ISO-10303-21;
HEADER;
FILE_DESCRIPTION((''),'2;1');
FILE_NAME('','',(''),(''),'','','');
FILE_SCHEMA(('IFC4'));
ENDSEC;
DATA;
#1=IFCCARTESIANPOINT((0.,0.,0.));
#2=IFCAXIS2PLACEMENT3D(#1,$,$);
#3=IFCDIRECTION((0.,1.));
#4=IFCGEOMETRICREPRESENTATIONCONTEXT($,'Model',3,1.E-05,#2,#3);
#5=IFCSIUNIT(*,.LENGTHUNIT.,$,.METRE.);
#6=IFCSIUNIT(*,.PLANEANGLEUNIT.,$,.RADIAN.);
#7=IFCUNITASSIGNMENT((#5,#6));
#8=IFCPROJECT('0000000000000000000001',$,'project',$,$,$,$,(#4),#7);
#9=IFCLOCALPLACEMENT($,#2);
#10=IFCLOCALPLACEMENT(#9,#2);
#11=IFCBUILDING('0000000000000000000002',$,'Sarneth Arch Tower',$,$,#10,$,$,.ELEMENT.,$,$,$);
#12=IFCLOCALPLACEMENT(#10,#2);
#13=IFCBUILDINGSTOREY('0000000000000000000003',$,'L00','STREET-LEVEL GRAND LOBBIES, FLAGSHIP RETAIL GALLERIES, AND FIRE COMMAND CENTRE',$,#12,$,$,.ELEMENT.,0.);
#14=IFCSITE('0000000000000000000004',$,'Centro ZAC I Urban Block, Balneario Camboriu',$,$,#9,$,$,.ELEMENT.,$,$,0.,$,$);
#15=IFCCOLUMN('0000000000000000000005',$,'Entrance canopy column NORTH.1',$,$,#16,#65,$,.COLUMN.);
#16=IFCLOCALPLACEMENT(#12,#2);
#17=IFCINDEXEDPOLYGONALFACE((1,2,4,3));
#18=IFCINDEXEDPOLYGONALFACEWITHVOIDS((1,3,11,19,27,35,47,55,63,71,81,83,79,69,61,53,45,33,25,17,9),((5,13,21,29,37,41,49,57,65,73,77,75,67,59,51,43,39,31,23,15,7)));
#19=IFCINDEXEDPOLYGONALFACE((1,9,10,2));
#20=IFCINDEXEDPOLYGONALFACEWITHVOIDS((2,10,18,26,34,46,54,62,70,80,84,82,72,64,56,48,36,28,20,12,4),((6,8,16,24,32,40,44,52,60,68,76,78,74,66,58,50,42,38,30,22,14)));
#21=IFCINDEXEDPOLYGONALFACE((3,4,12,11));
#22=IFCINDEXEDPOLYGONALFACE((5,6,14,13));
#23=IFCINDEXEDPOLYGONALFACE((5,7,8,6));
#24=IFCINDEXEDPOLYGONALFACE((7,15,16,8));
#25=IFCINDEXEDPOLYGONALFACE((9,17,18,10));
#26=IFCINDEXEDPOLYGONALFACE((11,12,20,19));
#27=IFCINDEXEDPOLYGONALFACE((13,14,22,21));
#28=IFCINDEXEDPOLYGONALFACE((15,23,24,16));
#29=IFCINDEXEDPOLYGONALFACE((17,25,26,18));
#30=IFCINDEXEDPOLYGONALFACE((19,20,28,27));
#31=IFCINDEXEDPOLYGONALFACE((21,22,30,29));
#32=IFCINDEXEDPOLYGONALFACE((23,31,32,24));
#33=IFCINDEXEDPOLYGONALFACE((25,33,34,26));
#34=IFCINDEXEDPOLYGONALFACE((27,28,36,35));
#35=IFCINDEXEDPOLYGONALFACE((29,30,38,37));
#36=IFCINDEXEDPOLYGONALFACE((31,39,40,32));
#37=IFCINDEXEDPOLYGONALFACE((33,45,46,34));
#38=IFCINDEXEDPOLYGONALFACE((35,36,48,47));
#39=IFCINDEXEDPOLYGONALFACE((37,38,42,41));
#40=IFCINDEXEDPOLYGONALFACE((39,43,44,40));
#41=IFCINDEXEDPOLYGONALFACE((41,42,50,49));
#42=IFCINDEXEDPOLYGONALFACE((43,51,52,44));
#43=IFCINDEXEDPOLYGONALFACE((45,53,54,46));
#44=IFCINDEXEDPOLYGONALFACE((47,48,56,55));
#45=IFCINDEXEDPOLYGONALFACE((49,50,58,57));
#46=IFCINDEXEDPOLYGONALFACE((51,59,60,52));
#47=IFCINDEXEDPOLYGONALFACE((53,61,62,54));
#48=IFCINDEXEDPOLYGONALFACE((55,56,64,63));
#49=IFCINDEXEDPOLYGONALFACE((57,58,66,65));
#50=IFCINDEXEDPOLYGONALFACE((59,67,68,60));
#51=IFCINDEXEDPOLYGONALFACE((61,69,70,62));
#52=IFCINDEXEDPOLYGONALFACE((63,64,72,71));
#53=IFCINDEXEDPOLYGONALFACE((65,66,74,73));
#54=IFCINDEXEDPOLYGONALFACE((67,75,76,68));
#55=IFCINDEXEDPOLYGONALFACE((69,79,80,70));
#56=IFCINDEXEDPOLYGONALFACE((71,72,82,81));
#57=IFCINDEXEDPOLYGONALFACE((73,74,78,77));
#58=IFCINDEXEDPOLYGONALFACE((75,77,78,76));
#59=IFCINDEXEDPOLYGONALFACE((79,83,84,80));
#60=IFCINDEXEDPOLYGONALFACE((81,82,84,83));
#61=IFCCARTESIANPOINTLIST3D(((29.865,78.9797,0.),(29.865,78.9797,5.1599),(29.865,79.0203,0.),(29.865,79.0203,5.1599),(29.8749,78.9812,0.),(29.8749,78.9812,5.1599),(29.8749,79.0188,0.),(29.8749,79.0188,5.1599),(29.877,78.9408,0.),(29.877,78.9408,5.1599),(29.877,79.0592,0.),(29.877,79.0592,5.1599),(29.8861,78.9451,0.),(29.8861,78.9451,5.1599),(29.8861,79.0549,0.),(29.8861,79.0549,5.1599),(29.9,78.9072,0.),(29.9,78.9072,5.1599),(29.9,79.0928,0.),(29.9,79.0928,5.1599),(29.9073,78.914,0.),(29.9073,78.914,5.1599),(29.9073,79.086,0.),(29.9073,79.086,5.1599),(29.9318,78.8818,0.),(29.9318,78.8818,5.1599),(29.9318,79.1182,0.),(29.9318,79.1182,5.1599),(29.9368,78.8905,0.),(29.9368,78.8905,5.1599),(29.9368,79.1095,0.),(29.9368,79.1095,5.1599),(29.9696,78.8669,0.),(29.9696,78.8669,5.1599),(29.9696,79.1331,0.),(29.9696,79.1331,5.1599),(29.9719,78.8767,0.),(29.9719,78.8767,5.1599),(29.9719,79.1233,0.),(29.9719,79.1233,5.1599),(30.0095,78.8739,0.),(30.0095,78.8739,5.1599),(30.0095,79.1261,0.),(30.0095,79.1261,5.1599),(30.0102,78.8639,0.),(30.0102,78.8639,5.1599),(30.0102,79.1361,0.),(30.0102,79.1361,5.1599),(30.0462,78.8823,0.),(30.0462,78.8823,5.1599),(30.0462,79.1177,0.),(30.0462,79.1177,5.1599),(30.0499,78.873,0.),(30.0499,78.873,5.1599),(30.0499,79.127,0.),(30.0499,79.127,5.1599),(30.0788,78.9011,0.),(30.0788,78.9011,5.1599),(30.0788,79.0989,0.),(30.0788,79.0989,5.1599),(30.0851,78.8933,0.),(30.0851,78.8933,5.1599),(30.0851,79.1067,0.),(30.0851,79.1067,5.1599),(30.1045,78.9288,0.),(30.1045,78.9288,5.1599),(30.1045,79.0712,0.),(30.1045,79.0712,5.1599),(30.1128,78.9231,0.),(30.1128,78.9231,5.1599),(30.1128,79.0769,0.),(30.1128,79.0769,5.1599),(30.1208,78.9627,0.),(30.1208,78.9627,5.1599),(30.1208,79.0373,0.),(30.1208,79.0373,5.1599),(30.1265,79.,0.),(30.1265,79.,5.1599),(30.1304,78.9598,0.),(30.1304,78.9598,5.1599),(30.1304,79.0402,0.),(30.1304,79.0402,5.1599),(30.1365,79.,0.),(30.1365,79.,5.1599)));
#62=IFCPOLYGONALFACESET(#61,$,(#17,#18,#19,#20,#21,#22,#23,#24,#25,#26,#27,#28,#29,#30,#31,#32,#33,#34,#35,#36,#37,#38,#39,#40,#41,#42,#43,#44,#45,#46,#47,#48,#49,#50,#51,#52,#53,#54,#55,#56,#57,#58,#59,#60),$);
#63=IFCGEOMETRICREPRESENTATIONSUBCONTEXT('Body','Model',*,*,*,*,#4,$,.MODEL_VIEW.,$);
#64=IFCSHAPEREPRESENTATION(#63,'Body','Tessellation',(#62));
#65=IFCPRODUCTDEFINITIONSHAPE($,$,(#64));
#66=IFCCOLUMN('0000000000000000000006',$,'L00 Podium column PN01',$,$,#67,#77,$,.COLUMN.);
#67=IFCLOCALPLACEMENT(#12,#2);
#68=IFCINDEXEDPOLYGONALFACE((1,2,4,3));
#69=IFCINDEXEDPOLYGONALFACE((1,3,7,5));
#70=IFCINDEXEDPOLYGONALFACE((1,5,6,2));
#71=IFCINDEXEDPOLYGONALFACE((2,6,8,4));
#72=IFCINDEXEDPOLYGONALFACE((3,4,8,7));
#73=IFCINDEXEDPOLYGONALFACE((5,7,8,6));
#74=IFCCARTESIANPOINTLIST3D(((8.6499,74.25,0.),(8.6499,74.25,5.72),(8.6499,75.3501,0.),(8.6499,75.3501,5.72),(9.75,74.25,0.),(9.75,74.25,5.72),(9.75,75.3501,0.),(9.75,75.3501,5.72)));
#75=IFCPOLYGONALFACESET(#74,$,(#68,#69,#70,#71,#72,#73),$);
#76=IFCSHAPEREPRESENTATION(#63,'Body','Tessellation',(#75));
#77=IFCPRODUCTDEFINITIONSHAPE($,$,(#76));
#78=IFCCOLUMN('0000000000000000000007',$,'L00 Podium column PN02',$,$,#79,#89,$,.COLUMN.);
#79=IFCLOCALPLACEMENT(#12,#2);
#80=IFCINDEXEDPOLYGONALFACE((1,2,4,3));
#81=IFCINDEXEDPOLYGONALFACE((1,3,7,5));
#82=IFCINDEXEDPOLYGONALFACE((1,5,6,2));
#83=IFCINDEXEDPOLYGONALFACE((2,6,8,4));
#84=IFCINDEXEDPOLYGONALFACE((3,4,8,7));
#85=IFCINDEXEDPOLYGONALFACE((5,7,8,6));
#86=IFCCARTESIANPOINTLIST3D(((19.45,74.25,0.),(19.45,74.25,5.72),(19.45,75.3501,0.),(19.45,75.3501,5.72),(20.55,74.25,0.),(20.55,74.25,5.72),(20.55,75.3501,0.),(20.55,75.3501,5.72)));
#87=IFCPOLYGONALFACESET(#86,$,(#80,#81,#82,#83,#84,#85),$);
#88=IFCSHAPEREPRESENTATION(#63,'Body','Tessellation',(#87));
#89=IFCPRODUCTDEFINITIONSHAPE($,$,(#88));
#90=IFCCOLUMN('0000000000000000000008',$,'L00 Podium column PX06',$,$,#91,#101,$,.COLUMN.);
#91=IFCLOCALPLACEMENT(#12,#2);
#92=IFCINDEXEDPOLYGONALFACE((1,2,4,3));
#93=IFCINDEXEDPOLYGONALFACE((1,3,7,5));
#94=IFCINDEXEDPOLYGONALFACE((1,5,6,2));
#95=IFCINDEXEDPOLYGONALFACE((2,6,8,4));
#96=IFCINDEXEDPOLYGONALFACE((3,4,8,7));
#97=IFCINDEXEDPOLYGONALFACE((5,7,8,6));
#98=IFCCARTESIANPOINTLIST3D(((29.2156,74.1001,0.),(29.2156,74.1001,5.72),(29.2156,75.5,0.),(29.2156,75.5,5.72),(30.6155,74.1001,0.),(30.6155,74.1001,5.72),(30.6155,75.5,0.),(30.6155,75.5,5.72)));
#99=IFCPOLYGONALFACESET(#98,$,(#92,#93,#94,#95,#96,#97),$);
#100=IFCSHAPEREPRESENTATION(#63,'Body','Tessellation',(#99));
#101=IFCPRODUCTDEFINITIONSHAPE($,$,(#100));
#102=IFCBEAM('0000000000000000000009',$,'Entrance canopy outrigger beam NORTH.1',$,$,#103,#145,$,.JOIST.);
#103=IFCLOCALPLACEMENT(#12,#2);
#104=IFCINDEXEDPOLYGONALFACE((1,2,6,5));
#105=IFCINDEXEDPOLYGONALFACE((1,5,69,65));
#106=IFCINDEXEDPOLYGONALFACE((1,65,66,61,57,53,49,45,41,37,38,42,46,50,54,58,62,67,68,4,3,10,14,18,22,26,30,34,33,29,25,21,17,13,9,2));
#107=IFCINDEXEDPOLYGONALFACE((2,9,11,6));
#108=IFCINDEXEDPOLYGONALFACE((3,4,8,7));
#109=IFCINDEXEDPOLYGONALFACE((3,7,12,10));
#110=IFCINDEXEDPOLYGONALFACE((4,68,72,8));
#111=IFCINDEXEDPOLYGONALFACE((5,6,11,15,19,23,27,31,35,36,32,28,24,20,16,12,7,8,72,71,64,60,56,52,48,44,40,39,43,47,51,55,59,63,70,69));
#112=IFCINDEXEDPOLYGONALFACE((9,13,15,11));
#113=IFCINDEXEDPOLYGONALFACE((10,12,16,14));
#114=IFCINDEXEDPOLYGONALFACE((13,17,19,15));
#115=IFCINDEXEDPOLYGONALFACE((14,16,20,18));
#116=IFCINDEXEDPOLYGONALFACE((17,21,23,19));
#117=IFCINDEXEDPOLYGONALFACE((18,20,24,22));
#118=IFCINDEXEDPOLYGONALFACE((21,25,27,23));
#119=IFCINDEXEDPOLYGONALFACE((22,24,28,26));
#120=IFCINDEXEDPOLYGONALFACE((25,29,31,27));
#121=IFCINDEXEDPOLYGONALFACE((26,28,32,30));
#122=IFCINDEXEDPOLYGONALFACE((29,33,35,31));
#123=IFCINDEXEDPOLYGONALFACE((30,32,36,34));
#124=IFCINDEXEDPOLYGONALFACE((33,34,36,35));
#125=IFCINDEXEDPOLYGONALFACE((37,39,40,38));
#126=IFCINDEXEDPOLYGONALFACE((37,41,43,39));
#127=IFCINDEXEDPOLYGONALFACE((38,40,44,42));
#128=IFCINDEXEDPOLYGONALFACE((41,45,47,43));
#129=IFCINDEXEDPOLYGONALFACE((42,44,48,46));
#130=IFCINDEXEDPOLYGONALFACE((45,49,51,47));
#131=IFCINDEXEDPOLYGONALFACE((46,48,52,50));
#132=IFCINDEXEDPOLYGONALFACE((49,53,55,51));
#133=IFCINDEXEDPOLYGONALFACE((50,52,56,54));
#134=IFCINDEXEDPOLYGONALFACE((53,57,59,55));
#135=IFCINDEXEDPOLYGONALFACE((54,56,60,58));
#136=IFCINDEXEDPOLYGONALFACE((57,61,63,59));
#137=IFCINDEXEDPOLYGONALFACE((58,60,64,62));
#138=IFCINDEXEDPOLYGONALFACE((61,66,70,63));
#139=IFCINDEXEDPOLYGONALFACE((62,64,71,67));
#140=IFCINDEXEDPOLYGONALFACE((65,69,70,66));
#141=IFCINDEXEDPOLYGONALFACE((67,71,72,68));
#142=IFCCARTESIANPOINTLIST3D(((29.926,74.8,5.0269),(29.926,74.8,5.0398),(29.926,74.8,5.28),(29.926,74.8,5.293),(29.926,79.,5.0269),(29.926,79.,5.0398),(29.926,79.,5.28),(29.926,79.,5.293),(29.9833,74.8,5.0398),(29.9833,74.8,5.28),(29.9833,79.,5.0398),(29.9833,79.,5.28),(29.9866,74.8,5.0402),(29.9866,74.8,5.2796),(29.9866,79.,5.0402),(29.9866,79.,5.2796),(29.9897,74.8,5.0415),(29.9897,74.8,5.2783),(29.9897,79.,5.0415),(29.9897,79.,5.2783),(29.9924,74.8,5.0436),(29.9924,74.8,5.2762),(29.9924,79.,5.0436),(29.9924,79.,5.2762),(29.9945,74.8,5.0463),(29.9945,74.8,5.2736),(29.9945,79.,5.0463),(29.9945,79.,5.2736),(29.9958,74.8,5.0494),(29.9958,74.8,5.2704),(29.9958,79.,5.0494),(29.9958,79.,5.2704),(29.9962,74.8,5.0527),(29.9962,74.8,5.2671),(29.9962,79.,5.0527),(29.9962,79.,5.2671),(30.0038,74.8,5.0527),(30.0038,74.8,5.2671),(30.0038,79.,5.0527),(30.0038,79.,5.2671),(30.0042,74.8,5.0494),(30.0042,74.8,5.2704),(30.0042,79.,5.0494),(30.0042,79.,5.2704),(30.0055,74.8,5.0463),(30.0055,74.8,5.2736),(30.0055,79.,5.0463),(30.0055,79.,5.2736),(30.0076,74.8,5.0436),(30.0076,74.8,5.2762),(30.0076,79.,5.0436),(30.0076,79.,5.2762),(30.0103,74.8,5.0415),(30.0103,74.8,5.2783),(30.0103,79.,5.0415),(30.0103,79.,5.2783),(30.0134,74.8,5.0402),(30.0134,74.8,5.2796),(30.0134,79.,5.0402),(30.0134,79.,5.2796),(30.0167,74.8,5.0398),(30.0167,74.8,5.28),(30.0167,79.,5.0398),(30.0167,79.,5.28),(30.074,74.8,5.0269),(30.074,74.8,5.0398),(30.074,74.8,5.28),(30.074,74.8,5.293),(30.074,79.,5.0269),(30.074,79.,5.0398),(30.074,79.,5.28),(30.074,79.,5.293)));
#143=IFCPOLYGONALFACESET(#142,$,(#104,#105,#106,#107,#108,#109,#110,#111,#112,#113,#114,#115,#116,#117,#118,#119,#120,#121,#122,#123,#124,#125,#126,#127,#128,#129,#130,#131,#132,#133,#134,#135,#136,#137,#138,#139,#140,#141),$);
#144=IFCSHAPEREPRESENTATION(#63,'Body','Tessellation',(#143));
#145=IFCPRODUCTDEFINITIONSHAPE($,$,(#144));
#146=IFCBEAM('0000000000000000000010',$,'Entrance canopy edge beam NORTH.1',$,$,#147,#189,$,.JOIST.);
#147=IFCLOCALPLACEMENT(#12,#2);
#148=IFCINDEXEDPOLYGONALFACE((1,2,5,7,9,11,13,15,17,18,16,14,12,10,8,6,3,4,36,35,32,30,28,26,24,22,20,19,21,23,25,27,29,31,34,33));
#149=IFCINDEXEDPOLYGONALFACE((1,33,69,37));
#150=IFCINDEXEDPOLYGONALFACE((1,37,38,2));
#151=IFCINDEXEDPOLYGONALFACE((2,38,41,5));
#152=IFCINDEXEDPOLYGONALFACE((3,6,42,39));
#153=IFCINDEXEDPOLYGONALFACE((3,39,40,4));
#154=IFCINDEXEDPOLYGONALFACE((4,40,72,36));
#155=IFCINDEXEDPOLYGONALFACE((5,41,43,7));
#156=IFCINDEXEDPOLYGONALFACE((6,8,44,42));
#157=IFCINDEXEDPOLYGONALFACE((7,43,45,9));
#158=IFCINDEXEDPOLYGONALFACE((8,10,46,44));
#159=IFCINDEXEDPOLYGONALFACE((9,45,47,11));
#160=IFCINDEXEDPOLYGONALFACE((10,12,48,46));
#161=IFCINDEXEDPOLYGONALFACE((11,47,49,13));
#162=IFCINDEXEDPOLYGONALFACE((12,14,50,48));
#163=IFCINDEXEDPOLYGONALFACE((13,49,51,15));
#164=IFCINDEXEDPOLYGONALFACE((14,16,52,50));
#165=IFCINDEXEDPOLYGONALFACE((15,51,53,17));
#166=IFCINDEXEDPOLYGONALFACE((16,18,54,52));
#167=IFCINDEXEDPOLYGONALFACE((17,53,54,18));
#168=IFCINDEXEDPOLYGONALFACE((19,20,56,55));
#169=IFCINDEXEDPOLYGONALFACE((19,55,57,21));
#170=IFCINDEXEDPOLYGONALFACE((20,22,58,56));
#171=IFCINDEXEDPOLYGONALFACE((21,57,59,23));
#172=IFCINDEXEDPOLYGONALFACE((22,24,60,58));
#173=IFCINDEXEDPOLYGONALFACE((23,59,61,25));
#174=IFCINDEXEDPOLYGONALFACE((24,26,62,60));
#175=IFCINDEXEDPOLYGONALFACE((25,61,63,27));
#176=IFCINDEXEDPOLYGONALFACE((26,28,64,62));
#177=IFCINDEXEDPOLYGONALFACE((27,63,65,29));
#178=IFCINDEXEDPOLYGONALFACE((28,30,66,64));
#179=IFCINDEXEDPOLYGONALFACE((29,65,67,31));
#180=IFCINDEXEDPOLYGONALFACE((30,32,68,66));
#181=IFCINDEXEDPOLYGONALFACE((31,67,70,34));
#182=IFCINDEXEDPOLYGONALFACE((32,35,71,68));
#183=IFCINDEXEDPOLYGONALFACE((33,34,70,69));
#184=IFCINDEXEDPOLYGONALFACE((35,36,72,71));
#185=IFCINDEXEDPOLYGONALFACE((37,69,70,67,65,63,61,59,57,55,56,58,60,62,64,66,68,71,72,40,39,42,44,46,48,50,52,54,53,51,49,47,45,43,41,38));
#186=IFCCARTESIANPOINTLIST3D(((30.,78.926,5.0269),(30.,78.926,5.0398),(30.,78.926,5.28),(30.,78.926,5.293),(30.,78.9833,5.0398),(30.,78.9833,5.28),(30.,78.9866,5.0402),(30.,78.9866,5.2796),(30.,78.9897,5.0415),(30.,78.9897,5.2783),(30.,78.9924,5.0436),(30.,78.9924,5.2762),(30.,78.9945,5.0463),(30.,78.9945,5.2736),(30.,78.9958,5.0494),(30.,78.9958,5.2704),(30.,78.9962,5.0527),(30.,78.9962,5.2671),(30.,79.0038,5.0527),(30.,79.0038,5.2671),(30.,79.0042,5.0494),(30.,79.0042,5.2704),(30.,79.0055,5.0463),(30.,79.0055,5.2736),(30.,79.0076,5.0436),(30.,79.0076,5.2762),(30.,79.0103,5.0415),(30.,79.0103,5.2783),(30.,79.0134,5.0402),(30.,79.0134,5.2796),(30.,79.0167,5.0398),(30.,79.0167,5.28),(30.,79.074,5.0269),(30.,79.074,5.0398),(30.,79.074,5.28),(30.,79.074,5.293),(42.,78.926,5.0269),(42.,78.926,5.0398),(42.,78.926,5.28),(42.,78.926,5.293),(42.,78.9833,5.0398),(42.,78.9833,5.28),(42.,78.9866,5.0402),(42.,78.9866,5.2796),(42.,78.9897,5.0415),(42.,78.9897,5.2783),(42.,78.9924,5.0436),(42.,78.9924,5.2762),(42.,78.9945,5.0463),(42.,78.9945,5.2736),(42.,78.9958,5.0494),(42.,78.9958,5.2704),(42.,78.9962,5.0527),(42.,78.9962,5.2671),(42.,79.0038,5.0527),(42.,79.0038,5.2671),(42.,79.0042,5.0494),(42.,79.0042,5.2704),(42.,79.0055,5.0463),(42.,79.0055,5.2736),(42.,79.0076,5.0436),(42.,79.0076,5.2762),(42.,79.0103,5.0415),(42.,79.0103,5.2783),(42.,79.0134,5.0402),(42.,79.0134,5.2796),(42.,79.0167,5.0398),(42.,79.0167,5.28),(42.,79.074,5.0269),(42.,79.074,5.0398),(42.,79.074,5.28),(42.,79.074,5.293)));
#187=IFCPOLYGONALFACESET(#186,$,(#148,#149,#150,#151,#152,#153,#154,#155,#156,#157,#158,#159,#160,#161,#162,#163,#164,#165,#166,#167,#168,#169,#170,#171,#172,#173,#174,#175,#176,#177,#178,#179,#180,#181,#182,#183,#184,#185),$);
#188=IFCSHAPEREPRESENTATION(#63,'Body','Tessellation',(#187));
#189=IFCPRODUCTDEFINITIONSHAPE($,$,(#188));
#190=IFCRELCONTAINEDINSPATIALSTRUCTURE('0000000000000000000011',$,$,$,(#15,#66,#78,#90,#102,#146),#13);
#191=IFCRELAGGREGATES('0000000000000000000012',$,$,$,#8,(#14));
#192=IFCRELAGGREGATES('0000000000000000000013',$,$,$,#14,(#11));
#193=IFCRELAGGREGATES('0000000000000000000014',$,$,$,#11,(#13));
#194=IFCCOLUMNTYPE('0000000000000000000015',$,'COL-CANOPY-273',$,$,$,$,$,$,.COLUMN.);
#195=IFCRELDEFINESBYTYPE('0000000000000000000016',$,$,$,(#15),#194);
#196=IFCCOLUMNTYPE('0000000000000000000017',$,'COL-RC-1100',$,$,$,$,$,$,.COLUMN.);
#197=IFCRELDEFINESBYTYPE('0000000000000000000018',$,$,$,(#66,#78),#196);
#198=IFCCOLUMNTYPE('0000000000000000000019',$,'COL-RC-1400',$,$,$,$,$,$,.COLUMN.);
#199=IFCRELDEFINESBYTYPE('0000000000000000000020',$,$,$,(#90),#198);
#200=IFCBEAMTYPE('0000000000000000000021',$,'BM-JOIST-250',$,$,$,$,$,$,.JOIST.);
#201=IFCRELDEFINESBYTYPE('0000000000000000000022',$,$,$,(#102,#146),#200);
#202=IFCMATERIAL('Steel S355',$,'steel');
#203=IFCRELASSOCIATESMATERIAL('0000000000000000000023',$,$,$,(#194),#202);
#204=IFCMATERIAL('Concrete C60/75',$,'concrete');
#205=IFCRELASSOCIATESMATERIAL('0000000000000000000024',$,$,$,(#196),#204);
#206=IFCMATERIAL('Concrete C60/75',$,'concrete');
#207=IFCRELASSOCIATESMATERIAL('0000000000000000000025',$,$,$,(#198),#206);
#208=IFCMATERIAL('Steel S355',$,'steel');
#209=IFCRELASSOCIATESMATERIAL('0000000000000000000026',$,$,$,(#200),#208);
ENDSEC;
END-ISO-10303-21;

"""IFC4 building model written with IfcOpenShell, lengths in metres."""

from ifc_helpers import new_model, si_unit, direction, frame, origin, origin_2d, place, context, subcontext, project, spatial, rectangle, hollow_circle, i_section, extrude, material, material_profile, profile_set, type_object, element, save


model = new_model("IFC4")

# Units and contexts
model_context = context("Model", 3, precision=1e-05, world=origin(), true_north=direction((0.0, 1.0)))
body_context = subcontext(model_context, "Body", "Model", "MODEL_VIEW")
ifc_project = project(units=[si_unit("LENGTHUNIT", "METRE"), si_unit("PLANEANGLEUNIT", "RADIAN")], contexts=[model_context])

# Site, building, storey
site_placement = place(None, origin())
site = spatial("IfcSite", under=ifc_project, at=site_placement, Name="Centro ZAC I Urban Block, Balneario Camboriu", CompositionType="ELEMENT", RefElevation=0.0)
building_placement = place(site_placement, origin())
building = spatial("IfcBuilding", under=site, at=building_placement, Name="Sarneth Arch Tower", CompositionType="ELEMENT")
storey_placement = place(building_placement, origin())
storey = spatial("IfcBuildingStorey", under=building, at=storey_placement, Name="L00", Description="STREET-LEVEL GRAND LOBBIES, FLAGSHIP RETAIL GALLERIES, AND FIRE COMMAND CENTRE", CompositionType="ELEMENT", Elevation=0.0)

# Columns
ifc_material_1 = material(Name="Steel S355", Category="steel")
ifc_material_profile_1 = material_profile(ifc_material_1, hollow_circle(Radius=0.1365, WallThickness=0.01, at=origin_2d()), Name="CHS273x10")
ifc_profile_set_1 = profile_set([ifc_material_profile_1], Name="Steel S355")
column_type_1 = type_object("IfcColumnType", Name="COL-CANOPY-273", PredefinedType="COLUMN", material=ifc_profile_set_1)
column_1_placement = place(storey_placement, frame((30.0, 79.0, 0.0), z_axis=(0.0, 0.0, 1.0), x_axis=(1.0, 0.0, 0.0)))
element("IfcColumn", 1, at=column_1_placement, inside=storey, type_object=column_type_1, Name="Entrance canopy column NORTH.1", PredefinedType="COLUMN", context=body_context, shape_type="SweptSolid", body=[
    extrude(hollow_circle(Radius=0.1365, WallThickness=0.01, at=origin_2d()), origin(), (0.0, 0.0, 1.0), 5.1599),
])
ifc_material_2 = material(Name="Concrete C60/75", Category="concrete")
ifc_material_profile_2 = material_profile(ifc_material_2, rectangle(XDim=1.1001, YDim=1.1001, at=origin_2d()), Name="RC-1100x1100")
ifc_profile_set_2 = profile_set([ifc_material_profile_2], Name="Concrete C60/75")
column_type_2 = type_object("IfcColumnType", Name="COL-RC-1100", PredefinedType="COLUMN", material=ifc_profile_set_2)
for number, where, z_axis, x_axis, name in (
    (2, (9.2, 74.8, 0.0), (0.0, 0.0, 1.0), (1.0, 0.0, 0.0), "L00 Podium column PN01"),
    (3, (20.0, 74.8, 0.0), (0.0, 0.0, 1.0), (1.0, 0.0, 0.0), "L00 Podium column PN02"),
):
    element("IfcColumn", number, at=place(storey_placement, frame(where, z_axis=z_axis, x_axis=x_axis)), inside=storey, type_object=column_type_2, Name=name, PredefinedType="COLUMN", context=body_context, shape_type="SweptSolid", body=[
        extrude(rectangle(XDim=1.1001, YDim=1.1001, at=origin_2d()), origin(), (0.0, 0.0, 1.0), 5.72),
    ])
ifc_material_3 = material(Name="Concrete C60/75", Category="concrete")
ifc_material_profile_3 = material_profile(ifc_material_3, rectangle(XDim=1.3999, YDim=1.3999, at=origin_2d()), Name="RC-1400x1400")
ifc_profile_set_3 = profile_set([ifc_material_profile_3], Name="Concrete C60/75")
column_type_3 = type_object("IfcColumnType", Name="COL-RC-1400", PredefinedType="COLUMN", material=ifc_profile_set_3)
column_2_placement = place(storey_placement, frame((29.9155, 74.8, 0.0), z_axis=(0.0, 0.0, 1.0), x_axis=(1.0, 0.0, 0.0)))
element("IfcColumn", 4, at=column_2_placement, inside=storey, type_object=column_type_3, Name="L00 Podium column PX06", PredefinedType="COLUMN", context=body_context, shape_type="SweptSolid", body=[
    extrude(rectangle(XDim=1.3999, YDim=1.3999, at=origin_2d()), origin(), (0.0, 0.0, 1.0), 5.72),
])

# Beams
ifc_material_4 = material(Name="Steel S355", Category="steel")
ifc_material_profile_4 = material_profile(ifc_material_4, i_section(OverallWidth=0.1479, OverallDepth=0.2661, WebThickness=0.0076, FlangeThickness=0.0129, FilletRadius=0.0129, at=origin_2d()), Name="W250x44.8")
ifc_profile_set_4 = profile_set([ifc_material_profile_4], Name="Steel S355")
beam_type_1 = type_object("IfcBeamType", Name="BM-JOIST-250", PredefinedType="JOIST", material=ifc_profile_set_4)
beam_1_placement = place(storey_placement, frame((30.0, 74.8, 5.1599), z_axis=(0.0, 1.0, 0.0), x_axis=(-1.0, 0.0, 0.0)))
element("IfcBeam", 5, at=beam_1_placement, inside=storey, type_object=beam_type_1, Name="Entrance canopy outrigger beam NORTH.1", PredefinedType="JOIST", context=body_context, shape_type="SweptSolid", body=[
    extrude(i_section(OverallWidth=0.1479, OverallDepth=0.2661, WebThickness=0.0076, FlangeThickness=0.0129, FilletRadius=0.0129, at=origin_2d()), origin(), (0.0, 0.0, 1.0), 4.2),
])
beam_2_placement = place(storey_placement, frame((30.0, 79.0, 5.1599), z_axis=(1.0, 0.0, 0.0), x_axis=(0.0, 1.0, 0.0)))
element("IfcBeam", 6, at=beam_2_placement, inside=storey, type_object=beam_type_1, Name="Entrance canopy edge beam NORTH.1", PredefinedType="JOIST", context=body_context, shape_type="SweptSolid", body=[
    extrude(i_section(OverallWidth=0.1479, OverallDepth=0.2661, WebThickness=0.0076, FlangeThickness=0.0129, FilletRadius=0.0129, at=origin_2d()), origin(), (0.0, 0.0, 1.0), 12.0),
])

save(model, "model.ifc")
